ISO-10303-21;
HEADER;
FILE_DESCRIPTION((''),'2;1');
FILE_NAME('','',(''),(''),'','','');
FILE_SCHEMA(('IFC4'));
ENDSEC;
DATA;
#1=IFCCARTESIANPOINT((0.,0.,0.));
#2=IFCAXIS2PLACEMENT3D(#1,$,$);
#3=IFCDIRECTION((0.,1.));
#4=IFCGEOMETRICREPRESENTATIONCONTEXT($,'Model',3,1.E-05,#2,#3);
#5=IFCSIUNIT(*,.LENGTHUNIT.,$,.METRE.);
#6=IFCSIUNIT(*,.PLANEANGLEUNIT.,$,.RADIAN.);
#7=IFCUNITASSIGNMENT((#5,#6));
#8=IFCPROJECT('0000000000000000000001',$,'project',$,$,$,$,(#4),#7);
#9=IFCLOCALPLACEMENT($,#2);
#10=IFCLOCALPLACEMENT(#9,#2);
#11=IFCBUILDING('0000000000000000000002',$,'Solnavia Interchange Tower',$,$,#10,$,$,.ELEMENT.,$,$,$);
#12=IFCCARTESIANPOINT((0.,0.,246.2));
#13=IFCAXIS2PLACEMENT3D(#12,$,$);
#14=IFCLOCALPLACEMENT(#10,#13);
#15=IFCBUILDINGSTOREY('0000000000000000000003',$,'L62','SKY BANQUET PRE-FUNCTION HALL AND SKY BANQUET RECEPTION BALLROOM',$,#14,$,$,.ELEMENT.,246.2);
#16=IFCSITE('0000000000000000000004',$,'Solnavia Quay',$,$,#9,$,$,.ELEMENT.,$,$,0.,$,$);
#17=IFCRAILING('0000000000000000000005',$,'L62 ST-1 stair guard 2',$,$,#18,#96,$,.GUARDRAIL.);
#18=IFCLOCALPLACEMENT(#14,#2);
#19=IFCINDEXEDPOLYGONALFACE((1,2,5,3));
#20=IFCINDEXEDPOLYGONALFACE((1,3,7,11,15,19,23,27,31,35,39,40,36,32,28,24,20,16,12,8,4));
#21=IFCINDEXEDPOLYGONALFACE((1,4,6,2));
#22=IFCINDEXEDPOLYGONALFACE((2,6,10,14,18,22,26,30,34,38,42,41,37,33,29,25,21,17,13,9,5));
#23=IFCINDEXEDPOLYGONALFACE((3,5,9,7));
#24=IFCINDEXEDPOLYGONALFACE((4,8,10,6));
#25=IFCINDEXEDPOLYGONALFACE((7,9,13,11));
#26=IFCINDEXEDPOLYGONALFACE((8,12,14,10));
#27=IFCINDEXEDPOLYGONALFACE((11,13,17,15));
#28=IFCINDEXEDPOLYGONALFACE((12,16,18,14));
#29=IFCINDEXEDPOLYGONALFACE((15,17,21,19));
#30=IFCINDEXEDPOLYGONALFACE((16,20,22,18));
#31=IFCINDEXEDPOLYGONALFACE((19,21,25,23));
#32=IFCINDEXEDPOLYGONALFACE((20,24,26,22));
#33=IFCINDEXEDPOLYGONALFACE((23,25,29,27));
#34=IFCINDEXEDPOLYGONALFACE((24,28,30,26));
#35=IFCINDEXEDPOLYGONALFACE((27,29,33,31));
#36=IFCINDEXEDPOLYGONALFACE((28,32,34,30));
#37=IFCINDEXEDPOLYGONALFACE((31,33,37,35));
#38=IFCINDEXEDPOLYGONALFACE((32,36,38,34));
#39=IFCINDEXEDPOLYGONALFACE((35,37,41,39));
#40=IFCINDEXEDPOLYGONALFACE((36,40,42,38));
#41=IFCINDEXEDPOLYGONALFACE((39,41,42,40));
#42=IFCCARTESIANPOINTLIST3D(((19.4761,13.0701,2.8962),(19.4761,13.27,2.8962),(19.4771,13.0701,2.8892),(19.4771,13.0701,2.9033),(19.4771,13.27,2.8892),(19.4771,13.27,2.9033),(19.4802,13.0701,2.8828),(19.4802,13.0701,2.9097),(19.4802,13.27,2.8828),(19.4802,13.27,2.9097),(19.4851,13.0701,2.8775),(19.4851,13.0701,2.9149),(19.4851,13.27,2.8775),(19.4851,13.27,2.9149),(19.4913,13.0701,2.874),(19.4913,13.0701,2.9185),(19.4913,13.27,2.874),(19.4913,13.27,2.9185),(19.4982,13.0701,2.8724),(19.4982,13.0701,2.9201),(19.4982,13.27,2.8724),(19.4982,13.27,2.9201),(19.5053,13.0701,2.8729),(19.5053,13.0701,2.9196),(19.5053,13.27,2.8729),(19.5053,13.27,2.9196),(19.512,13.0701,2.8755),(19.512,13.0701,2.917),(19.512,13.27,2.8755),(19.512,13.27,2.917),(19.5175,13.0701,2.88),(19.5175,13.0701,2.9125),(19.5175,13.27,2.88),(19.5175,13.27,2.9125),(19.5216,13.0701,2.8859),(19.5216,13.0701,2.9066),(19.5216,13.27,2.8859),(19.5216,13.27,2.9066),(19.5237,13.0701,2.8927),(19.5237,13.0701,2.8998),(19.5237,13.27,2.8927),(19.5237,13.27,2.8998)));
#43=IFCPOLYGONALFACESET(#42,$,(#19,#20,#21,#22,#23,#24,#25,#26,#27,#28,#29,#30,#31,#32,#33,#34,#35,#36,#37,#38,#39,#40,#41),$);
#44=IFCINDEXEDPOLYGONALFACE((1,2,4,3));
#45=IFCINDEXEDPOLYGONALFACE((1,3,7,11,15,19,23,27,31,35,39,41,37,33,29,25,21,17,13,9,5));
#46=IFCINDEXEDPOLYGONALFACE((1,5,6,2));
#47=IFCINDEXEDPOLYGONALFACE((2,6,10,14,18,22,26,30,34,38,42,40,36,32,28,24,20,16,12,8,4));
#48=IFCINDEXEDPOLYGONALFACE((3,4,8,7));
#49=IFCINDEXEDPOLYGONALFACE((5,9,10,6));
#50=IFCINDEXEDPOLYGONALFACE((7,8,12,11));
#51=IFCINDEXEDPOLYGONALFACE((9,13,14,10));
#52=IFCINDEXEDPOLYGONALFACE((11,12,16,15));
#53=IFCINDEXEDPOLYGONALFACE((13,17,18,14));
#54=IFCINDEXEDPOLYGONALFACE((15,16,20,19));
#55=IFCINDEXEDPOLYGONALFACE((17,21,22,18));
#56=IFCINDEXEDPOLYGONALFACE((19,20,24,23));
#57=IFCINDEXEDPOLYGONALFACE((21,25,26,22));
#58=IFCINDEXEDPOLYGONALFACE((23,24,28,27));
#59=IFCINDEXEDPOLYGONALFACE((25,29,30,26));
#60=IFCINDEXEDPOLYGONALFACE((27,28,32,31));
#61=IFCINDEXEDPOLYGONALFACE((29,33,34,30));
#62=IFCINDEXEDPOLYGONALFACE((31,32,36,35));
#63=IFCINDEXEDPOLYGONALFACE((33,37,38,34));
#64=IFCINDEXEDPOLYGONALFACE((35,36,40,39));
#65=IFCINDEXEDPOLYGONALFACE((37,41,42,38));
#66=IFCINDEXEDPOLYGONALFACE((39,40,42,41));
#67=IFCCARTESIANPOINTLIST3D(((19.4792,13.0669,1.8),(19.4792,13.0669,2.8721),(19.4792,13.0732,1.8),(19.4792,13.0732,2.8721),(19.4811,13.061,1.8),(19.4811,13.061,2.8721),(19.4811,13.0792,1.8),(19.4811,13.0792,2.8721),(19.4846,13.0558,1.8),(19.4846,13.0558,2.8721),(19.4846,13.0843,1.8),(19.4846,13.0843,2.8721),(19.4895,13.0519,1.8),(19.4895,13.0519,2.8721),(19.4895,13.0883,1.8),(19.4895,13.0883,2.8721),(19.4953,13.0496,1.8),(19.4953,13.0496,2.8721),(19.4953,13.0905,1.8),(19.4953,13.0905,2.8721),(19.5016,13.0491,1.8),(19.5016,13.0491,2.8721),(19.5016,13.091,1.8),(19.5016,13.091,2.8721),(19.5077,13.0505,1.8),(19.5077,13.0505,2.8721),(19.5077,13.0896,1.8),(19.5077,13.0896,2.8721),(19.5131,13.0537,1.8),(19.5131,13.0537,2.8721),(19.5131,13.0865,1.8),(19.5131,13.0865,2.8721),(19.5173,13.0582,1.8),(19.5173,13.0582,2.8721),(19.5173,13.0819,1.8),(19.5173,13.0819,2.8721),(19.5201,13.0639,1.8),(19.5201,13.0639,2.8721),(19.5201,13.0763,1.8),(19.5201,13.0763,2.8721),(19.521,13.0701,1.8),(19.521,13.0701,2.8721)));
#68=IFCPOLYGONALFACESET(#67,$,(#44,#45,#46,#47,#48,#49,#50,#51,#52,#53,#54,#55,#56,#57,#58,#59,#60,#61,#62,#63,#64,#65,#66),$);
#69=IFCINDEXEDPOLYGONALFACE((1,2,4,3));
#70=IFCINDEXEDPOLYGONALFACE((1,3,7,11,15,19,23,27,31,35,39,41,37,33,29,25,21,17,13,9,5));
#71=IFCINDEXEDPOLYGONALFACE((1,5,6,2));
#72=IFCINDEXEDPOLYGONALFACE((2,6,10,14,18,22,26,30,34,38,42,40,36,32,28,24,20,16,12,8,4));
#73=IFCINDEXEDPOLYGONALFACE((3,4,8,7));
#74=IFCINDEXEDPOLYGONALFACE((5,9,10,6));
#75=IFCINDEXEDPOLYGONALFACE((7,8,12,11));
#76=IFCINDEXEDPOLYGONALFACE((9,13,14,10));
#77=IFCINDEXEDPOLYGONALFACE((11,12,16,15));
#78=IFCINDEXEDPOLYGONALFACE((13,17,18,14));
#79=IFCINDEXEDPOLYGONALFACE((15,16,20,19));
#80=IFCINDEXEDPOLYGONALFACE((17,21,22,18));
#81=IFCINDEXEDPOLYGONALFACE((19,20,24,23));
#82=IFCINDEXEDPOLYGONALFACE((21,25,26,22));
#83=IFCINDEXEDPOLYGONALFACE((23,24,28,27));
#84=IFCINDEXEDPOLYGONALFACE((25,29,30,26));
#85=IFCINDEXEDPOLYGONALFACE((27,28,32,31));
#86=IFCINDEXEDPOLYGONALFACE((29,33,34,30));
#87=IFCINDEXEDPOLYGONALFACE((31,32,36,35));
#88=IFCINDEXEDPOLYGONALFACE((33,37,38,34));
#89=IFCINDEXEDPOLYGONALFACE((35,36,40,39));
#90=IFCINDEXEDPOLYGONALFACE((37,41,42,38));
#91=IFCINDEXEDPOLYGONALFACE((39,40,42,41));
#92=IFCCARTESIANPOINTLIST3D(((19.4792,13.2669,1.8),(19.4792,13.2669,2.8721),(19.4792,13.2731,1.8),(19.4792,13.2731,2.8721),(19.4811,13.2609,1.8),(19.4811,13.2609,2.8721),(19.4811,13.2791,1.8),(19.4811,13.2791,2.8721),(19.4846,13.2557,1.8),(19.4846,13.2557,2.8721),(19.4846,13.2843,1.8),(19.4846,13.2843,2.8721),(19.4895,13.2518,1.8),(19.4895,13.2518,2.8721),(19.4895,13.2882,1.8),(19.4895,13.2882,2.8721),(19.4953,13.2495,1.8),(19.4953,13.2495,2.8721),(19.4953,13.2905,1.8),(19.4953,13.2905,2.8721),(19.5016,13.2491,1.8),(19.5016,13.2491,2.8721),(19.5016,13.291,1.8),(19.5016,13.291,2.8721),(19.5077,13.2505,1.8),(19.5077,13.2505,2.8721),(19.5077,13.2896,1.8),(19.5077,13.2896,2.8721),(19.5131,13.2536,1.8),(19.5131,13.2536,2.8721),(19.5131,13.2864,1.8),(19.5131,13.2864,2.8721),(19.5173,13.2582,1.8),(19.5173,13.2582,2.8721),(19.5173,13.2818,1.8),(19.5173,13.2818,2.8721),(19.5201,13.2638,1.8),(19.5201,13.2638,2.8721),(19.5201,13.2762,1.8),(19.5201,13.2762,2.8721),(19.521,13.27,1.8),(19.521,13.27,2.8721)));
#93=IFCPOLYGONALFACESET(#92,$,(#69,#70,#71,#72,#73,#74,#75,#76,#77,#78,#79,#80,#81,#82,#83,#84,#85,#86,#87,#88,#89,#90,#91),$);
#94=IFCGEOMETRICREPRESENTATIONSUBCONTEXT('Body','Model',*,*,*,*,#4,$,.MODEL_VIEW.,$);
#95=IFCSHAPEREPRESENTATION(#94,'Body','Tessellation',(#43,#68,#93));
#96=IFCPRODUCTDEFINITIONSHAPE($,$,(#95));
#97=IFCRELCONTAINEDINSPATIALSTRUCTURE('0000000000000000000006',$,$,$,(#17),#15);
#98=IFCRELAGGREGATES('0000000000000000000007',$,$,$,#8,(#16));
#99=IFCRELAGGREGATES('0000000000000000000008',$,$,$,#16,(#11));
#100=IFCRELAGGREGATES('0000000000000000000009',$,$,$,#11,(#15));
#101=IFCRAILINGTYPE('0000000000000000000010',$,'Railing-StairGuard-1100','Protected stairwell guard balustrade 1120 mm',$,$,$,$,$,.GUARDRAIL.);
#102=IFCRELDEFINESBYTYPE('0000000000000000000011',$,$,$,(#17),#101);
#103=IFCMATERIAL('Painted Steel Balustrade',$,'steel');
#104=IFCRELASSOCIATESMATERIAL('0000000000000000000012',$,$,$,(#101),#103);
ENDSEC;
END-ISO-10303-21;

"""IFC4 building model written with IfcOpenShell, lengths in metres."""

from ifc_helpers import new_model, si_unit, direction, frame, origin, origin_2d, place, context, subcontext, project, spatial, circle, extrude, material, type_object, element, save


model = new_model("IFC4")

# Units and contexts
model_context = context("Model", 3, precision=1e-05, world=origin(), true_north=direction((0.0, 1.0)))
body_context = subcontext(model_context, "Body", "Model", "MODEL_VIEW")
ifc_project = project(units=[si_unit("LENGTHUNIT", "METRE"), si_unit("PLANEANGLEUNIT", "RADIAN")], contexts=[model_context])

# Site, building, storey
site_placement = place(None, origin())
site = spatial("IfcSite", under=ifc_project, at=site_placement, Name="Solnavia Quay", CompositionType="ELEMENT", RefElevation=0.0)
building_placement = place(site_placement, origin())
building = spatial("IfcBuilding", under=site, at=building_placement, Name="Solnavia Interchange Tower", CompositionType="ELEMENT")
storey_placement = place(building_placement, frame((0.0, 0.0, 246.2)))
storey = spatial("IfcBuildingStorey", under=building, at=storey_placement, Name="L62", Description="SKY BANQUET PRE-FUNCTION HALL AND SKY BANQUET RECEPTION BALLROOM", CompositionType="ELEMENT", Elevation=246.2)

# Railing
ifc_material_1 = material(Name="Painted Steel Balustrade", Category="steel")
railing_type_1 = type_object("IfcRailingType", Name="Railing-StairGuard-1100", Description="Protected stairwell guard balustrade 1120 mm", PredefinedType="GUARDRAIL", material=ifc_material_1)
railing_1_placement = place(storey_placement, frame((19.5, 13.0701, 1.8)))
element("IfcRailing", 1, at=railing_1_placement, inside=storey, type_object=railing_type_1, Name="L62 ST-1 stair guard 2", PredefinedType="GUARDRAIL", context=body_context, shape_type="SweptSolid", body=[
    extrude(circle(Radius=0.0239, at=origin_2d()), frame((0.0, 0.0, 1.0962), z_axis=(0.0, 1.0, 0.0), x_axis=(-1.0, 0.0, 0.0)), (0.0, 0.0, 1.0), 0.2),
    extrude(circle(Radius=0.021, at=origin_2d()), origin(), (0.0, 0.0, 1.0), 1.072),
    extrude(circle(Radius=0.021, at=origin_2d()), frame((0.0, 0.2, 0.0)), (0.0, 0.0, 1.0), 1.072),
])

save(model, "model.ifc")
